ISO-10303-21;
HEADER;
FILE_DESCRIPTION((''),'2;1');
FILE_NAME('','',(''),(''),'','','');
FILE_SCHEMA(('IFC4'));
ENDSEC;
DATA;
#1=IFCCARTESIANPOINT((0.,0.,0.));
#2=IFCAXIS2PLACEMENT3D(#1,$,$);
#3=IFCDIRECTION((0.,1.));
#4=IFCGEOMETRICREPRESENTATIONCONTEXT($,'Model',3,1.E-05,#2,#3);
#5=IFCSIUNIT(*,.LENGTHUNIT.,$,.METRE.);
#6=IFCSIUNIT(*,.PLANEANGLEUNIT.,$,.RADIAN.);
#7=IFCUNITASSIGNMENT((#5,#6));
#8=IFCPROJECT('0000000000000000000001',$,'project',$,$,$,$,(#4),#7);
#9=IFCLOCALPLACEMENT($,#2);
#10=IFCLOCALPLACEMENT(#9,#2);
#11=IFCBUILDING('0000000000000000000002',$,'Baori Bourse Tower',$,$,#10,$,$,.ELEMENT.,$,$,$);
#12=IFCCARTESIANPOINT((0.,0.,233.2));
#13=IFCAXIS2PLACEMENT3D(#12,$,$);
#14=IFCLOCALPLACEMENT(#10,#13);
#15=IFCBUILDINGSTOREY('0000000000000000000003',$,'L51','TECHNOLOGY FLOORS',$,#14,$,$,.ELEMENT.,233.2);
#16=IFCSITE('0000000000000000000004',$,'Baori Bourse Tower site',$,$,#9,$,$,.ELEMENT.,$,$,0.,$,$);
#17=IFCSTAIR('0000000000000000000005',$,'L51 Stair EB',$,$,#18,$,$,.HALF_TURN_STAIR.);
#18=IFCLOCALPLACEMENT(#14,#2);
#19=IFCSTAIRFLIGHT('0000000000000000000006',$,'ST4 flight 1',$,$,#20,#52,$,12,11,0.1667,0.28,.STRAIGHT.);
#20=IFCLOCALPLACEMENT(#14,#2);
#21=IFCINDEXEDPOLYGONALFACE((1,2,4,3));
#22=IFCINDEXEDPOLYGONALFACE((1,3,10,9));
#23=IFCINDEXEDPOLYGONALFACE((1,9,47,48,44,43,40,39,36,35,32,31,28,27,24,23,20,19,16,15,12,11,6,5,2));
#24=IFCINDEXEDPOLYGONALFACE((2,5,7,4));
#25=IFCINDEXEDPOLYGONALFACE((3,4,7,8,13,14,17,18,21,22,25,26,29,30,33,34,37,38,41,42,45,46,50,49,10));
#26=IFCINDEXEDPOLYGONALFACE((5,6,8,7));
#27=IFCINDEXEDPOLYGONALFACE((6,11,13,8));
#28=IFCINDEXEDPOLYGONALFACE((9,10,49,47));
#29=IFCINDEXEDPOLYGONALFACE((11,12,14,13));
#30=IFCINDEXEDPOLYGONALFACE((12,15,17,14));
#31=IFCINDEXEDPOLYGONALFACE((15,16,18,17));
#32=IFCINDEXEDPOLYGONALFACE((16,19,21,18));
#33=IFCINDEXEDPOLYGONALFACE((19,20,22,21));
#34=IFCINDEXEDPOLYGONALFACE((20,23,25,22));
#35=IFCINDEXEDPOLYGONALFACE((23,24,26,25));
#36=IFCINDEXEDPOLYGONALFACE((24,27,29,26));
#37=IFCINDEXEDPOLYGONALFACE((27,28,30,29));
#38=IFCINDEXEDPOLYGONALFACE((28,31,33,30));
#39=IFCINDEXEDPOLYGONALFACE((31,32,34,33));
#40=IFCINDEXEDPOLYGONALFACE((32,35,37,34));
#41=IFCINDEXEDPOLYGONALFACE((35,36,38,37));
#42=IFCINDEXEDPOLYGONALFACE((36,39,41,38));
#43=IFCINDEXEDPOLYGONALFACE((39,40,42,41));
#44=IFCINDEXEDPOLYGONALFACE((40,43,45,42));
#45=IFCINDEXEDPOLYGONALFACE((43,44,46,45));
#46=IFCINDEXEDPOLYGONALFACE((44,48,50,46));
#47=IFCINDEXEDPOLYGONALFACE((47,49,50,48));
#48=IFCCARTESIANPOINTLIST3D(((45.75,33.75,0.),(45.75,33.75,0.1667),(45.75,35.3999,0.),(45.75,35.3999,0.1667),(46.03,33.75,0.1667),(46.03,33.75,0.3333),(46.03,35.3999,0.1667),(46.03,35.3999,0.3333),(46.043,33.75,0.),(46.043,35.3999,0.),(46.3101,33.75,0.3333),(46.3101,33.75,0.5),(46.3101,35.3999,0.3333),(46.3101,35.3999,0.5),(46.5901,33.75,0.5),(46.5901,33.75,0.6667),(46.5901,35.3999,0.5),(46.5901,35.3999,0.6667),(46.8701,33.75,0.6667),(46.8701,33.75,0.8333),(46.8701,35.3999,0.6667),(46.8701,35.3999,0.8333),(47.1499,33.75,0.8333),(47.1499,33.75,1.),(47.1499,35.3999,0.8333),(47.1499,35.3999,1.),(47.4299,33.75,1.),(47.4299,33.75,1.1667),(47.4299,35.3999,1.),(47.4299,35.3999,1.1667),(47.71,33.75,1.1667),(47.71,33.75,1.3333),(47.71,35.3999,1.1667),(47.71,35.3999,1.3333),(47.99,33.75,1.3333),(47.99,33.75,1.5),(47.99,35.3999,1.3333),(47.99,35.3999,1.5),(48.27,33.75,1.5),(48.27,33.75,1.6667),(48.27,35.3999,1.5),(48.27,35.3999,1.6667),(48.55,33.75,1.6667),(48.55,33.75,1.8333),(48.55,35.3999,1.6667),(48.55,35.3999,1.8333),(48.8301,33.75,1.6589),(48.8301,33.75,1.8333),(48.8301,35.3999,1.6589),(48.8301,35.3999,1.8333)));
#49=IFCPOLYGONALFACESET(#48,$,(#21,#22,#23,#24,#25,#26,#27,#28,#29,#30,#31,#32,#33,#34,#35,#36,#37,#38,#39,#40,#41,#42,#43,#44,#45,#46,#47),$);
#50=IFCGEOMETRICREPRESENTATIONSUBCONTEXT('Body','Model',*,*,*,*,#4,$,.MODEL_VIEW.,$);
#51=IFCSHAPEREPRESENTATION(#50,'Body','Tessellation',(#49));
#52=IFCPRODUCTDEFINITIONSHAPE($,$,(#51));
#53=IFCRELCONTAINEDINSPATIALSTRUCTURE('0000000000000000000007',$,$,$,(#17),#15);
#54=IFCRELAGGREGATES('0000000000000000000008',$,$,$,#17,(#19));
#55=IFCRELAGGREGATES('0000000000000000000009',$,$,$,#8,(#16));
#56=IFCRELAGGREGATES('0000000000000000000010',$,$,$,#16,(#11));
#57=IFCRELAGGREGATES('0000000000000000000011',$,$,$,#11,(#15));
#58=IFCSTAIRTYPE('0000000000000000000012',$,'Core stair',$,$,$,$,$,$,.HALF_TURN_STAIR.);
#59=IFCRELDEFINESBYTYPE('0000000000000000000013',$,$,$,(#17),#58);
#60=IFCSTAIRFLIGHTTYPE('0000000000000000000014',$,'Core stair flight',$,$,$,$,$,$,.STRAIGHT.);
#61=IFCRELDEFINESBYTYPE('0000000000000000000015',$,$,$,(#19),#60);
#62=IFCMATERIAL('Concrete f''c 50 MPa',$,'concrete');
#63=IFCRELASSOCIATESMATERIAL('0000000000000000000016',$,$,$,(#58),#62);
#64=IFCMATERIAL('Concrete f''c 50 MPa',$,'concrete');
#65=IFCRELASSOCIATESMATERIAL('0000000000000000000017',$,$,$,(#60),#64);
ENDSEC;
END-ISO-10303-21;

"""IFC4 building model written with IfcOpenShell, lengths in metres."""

from ifc_helpers import new_model, si_unit, direction, frame, origin, place, context, subcontext, project, spatial, polyline, outline, extrude, material, type_object, element, aggregate, save


model = new_model("IFC4")

# Units and contexts
model_context = context("Model", 3, precision=1e-05, world=origin(), true_north=direction((0.0, 1.0)))
body_context = subcontext(model_context, "Body", "Model", "MODEL_VIEW")
ifc_project = project(units=[si_unit("LENGTHUNIT", "METRE"), si_unit("PLANEANGLEUNIT", "RADIAN")], contexts=[model_context])

# Site, building, storey
site_placement = place(None, origin())
site = spatial("IfcSite", under=ifc_project, at=site_placement, Name="Baori Bourse Tower site", CompositionType="ELEMENT", RefElevation=0.0)
building_placement = place(site_placement, origin())
building = spatial("IfcBuilding", under=site, at=building_placement, Name="Baori Bourse Tower", CompositionType="ELEMENT")
storey_placement = place(building_placement, frame((0.0, 0.0, 233.2)))
storey = spatial("IfcBuildingStorey", under=building, at=storey_placement, Name="L51", Description="TECHNOLOGY FLOORS", CompositionType="ELEMENT", Elevation=233.2)

# Stair, stair flight
ifc_material_1 = material(Name="Concrete f'c 50 MPa", Category="concrete")
stair_type = type_object("IfcStairType", Name="Core stair", PredefinedType="HALF_TURN_STAIR", material=ifc_material_1)
stair_placement = place(storey_placement, origin())
stair = element("IfcStair", 1, at=stair_placement, inside=storey, type_object=stair_type, Name="L51 Stair EB", PredefinedType="HALF_TURN_STAIR")
ifc_material_2 = material(Name="Concrete f'c 50 MPa", Category="concrete")
stair_flight_type = type_object("IfcStairFlightType", Name="Core stair flight", PredefinedType="STRAIGHT", material=ifc_material_2)
stair_flight_placement = place(storey_placement, frame((45.75, 34.575, 0.0), z_axis=(0.0, 0.0, 1.0), x_axis=(1.0, 0.0, 0.0)))
stair_flight = element("IfcStairFlight", 2, at=stair_flight_placement, type_object=stair_flight_type, Name="ST4 flight 1", NumberOfRisers=12, NumberOfTreads=11, PredefinedType="STRAIGHT", RiserHeight=0.1667, TreadLength=0.28, context=body_context, shape_type="SweptSolid", body=[
    extrude(outline(polyline([(0.0, 0.0), (0.0, 0.1667), (0.28, 0.1667), (0.28, 0.3333), (0.5601, 0.3333), (0.5601, 0.5), (0.8401, 0.5), (0.8401, 0.6667), (1.1201, 0.6667), (1.1201, 0.8333), (1.3999, 0.8333), (1.3999, 1.0), (1.6799, 1.0), (1.6799, 1.1667), (1.96, 1.1667), (1.96, 1.3333), (2.24, 1.3333), (2.24, 1.5), (2.52, 1.5), (2.52, 1.6667), (2.8, 1.6667), (2.8, 1.8333), (3.0801, 1.8333), (3.0801, 2.0), (3.0801, 1.6589), (0.293, 0.0), (0.0, 0.0)])), frame((0.0, 0.825, 0.0), z_axis=(0.0, -1.0, 0.0), x_axis=(1.0, 0.0, 0.0)), (0.0, 0.0, 1.0), 1.6499),
])
aggregate(stair, [stair_flight])

save(model, "model.ifc")
